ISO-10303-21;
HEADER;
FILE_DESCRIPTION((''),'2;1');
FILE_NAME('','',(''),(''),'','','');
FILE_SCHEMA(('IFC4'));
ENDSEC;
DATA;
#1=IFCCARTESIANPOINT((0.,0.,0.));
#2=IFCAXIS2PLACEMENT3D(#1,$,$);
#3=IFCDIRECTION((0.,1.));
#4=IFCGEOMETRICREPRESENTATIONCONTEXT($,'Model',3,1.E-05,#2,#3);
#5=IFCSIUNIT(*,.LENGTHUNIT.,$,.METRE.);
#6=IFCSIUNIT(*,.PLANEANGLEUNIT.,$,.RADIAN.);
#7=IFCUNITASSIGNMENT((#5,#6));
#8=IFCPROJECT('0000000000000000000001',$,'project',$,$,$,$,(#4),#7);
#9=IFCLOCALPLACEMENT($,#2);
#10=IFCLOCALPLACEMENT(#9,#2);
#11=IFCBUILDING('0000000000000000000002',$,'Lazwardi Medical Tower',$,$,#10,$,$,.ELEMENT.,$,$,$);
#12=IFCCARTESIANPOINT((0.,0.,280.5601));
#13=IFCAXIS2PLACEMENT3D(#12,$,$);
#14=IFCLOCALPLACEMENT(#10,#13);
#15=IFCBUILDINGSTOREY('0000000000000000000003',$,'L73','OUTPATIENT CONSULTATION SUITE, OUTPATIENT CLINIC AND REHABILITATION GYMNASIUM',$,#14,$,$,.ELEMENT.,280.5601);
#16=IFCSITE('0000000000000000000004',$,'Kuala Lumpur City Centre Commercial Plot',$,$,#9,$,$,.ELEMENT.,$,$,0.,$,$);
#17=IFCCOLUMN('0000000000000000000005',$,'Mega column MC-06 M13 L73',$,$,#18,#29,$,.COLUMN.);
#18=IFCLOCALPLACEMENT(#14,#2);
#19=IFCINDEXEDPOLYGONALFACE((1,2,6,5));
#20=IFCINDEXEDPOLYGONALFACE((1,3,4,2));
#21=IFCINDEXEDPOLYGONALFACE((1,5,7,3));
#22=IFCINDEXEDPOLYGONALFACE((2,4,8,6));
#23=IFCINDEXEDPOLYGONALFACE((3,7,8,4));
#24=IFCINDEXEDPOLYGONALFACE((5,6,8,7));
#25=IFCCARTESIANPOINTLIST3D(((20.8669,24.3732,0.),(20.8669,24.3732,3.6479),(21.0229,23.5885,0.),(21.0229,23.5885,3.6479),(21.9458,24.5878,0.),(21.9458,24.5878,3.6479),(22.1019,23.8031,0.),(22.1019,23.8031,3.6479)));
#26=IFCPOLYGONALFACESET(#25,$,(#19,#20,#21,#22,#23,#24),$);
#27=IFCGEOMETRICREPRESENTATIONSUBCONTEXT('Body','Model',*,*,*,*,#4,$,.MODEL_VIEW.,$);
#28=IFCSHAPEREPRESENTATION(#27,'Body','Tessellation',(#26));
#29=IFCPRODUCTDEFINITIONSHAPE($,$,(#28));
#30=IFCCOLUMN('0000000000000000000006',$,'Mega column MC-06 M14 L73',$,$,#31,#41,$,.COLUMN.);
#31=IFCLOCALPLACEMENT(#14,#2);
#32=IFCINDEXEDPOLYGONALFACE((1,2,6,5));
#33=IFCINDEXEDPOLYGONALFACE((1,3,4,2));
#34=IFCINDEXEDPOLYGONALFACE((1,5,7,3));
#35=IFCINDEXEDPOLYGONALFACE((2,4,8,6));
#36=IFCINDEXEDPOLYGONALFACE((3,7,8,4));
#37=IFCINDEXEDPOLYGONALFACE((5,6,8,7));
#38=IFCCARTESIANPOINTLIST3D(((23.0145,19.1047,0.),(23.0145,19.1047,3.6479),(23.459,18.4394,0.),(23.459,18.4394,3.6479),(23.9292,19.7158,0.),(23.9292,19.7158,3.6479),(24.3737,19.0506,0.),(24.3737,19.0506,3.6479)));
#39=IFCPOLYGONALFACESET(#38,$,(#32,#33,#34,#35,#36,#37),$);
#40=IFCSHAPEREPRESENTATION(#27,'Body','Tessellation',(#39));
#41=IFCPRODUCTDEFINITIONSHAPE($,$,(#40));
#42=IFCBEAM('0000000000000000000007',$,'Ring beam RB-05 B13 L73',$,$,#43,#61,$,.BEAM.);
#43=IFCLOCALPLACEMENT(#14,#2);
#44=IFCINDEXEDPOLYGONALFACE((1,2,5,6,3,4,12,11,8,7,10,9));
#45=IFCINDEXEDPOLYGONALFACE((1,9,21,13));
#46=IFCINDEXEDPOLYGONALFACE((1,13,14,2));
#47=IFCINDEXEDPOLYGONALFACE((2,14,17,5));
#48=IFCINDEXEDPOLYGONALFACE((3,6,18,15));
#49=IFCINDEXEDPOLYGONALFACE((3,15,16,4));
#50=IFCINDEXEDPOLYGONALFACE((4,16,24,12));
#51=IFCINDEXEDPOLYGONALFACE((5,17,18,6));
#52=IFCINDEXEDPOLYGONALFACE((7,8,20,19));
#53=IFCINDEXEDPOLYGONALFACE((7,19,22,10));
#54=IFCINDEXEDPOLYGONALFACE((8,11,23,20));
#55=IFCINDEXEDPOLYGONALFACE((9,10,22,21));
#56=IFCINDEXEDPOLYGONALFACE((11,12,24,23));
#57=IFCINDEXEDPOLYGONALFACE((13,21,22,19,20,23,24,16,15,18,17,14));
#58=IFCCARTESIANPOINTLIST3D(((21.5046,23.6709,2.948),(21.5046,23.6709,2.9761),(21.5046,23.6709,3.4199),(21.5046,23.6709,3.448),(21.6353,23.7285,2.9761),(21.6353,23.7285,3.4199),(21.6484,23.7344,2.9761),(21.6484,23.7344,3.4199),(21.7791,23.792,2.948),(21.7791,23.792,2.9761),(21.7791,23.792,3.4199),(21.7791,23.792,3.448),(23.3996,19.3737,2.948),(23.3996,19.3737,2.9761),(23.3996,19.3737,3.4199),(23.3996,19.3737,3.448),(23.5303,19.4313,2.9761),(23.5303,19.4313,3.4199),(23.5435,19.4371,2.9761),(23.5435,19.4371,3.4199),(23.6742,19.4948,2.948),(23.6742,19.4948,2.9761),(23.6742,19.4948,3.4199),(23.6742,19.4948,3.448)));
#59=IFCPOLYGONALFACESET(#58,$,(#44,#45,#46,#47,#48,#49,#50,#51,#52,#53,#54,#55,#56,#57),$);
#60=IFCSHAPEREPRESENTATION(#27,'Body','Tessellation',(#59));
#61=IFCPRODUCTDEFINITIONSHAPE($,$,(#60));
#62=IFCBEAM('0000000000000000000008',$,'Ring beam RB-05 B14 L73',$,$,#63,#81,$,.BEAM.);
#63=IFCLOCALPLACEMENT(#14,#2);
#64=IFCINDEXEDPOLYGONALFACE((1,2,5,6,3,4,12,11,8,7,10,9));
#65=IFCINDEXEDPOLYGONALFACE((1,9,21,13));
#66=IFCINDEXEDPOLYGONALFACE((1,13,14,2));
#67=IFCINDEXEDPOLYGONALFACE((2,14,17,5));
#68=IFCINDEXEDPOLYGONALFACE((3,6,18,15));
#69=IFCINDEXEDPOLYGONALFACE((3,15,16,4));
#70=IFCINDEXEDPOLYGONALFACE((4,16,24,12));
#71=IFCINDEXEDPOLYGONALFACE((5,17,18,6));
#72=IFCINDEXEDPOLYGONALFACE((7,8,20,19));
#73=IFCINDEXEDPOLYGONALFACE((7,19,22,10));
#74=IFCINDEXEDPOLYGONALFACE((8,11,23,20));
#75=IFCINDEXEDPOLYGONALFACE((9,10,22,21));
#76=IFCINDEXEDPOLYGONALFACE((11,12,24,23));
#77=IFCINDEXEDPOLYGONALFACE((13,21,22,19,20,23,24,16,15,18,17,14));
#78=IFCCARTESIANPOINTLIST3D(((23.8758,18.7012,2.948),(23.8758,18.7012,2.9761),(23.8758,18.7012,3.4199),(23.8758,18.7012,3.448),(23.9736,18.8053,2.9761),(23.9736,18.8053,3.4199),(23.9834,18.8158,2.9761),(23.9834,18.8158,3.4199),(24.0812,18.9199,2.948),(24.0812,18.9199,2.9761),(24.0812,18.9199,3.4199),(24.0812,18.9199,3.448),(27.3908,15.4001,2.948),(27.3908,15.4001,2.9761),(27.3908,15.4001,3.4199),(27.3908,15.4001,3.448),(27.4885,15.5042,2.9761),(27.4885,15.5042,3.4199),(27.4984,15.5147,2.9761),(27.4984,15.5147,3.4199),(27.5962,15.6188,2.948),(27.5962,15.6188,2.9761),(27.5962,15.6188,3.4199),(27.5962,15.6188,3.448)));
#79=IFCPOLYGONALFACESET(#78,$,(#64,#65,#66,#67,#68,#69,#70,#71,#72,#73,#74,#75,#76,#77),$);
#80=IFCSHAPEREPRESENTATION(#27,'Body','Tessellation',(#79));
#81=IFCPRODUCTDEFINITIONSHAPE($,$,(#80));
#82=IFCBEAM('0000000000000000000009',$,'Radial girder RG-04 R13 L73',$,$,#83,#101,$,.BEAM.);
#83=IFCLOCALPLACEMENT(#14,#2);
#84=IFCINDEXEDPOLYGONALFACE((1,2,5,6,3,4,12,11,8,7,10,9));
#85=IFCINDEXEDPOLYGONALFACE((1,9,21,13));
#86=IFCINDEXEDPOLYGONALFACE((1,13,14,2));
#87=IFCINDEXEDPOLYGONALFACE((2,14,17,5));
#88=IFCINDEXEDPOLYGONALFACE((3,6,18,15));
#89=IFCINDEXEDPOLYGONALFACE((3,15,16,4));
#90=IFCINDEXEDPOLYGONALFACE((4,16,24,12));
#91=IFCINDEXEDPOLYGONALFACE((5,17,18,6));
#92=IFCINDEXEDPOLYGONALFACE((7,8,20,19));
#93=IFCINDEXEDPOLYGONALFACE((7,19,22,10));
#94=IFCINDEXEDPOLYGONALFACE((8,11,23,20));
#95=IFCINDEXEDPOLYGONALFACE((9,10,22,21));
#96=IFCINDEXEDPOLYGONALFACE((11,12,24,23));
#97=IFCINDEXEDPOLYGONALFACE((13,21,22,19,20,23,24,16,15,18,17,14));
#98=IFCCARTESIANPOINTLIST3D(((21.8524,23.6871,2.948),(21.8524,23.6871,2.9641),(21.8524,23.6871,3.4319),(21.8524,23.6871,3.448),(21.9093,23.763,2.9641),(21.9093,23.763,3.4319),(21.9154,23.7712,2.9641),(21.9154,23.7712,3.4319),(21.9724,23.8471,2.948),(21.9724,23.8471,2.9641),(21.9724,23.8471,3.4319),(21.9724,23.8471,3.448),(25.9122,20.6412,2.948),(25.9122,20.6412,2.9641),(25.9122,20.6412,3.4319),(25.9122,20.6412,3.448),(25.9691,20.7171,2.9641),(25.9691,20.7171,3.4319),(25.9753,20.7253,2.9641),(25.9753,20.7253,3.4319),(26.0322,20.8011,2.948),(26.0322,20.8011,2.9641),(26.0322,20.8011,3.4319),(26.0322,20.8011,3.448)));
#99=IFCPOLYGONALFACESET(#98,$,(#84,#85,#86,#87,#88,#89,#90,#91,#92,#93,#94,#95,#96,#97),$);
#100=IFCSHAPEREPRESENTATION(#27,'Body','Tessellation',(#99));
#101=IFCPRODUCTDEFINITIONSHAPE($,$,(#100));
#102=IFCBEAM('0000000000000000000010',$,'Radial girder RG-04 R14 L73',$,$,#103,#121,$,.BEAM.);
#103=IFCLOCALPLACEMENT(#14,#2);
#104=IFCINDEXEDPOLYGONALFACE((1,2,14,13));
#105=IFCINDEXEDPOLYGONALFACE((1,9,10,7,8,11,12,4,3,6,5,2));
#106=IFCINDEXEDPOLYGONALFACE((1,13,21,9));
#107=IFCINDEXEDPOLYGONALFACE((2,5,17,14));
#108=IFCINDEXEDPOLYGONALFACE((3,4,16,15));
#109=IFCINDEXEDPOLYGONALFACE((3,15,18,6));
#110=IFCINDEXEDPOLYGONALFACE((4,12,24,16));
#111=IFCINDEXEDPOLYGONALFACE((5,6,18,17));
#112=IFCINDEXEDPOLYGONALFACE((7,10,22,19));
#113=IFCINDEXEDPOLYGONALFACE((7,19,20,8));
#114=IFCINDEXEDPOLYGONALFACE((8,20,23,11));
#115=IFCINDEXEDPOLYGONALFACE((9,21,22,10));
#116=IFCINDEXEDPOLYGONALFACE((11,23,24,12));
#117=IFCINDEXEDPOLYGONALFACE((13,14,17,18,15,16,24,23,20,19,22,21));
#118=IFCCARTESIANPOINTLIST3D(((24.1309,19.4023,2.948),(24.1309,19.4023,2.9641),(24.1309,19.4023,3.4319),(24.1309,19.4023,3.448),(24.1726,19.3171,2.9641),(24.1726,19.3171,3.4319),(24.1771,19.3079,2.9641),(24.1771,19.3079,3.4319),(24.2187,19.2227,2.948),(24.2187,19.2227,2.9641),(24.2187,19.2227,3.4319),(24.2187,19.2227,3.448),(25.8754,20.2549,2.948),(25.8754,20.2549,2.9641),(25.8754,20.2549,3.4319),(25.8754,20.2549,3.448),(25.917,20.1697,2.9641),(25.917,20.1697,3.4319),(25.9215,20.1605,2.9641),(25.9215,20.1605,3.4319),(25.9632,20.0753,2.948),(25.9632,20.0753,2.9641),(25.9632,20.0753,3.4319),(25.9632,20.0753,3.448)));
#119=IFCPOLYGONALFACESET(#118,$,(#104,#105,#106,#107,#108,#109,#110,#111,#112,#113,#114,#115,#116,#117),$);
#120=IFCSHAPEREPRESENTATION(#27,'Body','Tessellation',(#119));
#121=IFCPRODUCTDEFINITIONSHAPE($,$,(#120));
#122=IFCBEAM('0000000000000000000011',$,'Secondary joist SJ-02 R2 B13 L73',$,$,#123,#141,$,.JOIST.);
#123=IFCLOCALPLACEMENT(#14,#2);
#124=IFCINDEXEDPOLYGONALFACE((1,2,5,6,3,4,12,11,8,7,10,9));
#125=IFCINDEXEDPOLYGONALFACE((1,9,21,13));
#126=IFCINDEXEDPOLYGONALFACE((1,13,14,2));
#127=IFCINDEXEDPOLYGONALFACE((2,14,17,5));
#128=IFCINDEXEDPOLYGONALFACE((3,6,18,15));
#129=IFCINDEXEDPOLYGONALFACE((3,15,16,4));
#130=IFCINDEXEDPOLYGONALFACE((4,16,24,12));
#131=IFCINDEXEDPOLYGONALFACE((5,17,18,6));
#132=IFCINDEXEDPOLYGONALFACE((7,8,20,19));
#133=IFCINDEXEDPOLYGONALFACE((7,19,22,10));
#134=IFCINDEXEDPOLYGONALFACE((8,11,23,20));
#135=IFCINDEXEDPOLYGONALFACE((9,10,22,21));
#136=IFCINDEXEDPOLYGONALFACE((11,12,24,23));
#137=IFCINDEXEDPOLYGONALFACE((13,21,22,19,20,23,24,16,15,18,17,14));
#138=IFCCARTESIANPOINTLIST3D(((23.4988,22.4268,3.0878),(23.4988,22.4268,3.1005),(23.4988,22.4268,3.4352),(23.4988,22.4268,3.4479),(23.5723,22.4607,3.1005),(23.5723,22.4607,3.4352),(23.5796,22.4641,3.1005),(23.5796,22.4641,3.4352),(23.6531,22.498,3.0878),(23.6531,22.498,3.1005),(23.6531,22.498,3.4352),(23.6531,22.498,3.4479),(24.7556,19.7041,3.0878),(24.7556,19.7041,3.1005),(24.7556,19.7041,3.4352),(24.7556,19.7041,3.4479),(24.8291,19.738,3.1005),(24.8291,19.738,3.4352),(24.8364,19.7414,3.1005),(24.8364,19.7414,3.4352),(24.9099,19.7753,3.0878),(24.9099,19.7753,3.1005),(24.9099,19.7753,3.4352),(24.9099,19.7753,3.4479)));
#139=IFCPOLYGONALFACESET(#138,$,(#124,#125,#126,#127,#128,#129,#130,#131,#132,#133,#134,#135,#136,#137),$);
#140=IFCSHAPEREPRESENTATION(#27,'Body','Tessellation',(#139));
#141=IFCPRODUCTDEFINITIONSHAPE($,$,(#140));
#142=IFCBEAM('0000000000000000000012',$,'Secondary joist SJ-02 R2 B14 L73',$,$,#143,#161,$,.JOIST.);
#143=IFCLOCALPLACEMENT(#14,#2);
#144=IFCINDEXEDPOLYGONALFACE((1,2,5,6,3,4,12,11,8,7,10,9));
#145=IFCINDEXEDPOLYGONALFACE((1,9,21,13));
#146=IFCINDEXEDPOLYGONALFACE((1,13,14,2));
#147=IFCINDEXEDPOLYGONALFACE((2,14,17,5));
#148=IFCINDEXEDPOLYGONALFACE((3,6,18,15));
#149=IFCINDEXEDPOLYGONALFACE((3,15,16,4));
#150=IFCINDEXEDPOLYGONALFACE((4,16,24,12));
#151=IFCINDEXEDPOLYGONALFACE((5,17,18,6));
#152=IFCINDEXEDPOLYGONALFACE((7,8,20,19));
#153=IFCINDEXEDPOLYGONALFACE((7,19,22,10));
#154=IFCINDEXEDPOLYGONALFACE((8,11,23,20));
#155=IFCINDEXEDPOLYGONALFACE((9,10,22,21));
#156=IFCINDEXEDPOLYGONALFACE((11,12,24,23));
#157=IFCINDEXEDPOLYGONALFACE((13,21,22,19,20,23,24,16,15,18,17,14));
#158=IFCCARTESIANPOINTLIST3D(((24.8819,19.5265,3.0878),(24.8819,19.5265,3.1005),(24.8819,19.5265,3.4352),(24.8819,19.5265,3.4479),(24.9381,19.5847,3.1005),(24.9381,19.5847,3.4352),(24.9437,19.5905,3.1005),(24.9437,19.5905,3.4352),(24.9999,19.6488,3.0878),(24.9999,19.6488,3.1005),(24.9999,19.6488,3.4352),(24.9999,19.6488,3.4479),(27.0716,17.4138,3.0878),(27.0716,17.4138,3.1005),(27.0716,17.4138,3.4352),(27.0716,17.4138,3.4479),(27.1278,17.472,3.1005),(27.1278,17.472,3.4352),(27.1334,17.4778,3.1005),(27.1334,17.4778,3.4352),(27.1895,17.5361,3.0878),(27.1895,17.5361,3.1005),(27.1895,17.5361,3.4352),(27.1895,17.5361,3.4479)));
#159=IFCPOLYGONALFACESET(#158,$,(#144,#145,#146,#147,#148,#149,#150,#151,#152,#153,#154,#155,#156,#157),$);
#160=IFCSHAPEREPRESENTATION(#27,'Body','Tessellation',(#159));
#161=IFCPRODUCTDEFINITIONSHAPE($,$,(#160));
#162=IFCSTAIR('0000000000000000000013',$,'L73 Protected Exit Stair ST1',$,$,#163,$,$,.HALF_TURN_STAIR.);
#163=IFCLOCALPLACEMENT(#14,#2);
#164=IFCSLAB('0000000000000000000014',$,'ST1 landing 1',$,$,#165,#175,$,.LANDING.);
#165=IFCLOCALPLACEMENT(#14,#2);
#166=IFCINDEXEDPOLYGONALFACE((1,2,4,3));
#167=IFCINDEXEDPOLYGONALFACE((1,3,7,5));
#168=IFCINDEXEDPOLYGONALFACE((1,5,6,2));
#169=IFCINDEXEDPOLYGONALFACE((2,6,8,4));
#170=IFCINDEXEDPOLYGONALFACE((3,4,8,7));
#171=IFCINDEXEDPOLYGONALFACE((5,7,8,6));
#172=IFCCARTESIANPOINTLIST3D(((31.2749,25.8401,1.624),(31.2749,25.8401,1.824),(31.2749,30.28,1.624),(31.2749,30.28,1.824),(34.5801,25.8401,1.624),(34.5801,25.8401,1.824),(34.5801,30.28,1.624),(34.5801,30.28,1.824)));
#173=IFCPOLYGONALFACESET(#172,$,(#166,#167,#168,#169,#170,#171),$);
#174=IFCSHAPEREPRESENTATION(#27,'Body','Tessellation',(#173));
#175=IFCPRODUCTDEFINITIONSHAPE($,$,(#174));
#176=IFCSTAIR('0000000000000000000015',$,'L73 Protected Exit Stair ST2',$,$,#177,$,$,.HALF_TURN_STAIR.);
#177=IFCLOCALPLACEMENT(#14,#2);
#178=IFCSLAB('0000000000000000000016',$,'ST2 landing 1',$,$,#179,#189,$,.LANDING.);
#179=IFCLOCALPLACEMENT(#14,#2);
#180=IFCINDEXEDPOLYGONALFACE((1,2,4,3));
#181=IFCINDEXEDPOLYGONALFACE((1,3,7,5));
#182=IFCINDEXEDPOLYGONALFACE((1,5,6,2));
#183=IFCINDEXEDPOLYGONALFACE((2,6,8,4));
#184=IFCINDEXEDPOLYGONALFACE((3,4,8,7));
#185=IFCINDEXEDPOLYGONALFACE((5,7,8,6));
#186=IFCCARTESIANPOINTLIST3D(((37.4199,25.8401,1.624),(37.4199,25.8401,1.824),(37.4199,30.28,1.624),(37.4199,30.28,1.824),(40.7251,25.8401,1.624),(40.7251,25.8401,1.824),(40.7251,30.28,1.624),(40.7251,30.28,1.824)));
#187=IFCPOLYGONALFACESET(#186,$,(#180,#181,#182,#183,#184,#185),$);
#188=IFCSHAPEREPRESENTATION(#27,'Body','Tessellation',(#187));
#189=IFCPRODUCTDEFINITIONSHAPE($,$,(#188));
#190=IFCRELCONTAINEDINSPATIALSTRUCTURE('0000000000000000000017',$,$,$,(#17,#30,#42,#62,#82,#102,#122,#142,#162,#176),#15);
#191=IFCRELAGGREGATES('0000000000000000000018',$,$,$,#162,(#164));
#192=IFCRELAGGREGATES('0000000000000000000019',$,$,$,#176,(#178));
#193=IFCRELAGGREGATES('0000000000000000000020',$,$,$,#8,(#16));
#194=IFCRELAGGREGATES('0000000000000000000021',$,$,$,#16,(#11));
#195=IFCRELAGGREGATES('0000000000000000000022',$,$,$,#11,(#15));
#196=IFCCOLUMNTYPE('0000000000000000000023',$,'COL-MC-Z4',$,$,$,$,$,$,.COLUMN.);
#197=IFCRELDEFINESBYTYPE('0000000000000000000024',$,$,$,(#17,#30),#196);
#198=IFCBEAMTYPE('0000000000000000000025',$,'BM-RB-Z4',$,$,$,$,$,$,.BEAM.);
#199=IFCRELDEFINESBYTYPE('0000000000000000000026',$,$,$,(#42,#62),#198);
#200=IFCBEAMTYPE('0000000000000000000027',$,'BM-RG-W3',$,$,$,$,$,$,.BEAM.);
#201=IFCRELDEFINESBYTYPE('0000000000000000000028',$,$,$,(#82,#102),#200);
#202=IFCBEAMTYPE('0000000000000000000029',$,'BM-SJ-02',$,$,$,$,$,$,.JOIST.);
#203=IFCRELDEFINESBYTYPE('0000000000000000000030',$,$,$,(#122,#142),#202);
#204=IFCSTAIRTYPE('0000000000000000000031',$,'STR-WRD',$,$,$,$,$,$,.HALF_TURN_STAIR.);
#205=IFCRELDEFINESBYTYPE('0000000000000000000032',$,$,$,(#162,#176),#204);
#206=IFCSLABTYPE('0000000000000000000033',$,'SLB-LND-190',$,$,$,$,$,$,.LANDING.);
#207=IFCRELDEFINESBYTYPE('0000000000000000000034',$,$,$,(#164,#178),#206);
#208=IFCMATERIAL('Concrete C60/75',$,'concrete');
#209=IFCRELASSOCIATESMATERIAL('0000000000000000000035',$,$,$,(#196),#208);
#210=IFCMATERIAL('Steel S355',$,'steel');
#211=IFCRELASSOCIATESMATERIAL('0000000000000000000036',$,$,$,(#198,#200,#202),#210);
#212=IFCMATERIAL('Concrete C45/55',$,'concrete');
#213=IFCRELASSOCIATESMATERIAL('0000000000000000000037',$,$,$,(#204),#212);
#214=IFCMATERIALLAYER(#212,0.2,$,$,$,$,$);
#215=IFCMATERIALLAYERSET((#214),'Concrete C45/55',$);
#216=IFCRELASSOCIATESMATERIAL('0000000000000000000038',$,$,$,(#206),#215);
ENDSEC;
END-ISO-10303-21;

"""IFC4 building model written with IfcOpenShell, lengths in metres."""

from ifc_helpers import new_model, si_unit, direction, frame, origin, origin_2d, place, context, subcontext, project, spatial, polyline, rectangle, i_section, outline, extrude, material, layer, layer_set, material_profile, profile_set, type_object, element, aggregate, save


model = new_model("IFC4")

# Units and contexts
model_context = context("Model", 3, precision=1e-05, world=origin(), true_north=direction((0.0, 1.0)))
body_context = subcontext(model_context, "Body", "Model", "MODEL_VIEW")
ifc_project = project(units=[si_unit("LENGTHUNIT", "METRE"), si_unit("PLANEANGLEUNIT", "RADIAN")], contexts=[model_context])

# Site, building, storey
site_placement = place(None, origin())
site = spatial("IfcSite", under=ifc_project, at=site_placement, Name="Kuala Lumpur City Centre Commercial Plot", CompositionType="ELEMENT", RefElevation=0.0)
building_placement = place(site_placement, origin())
building = spatial("IfcBuilding", under=site, at=building_placement, Name="Lazwardi Medical Tower", CompositionType="ELEMENT")
storey_placement = place(building_placement, frame((0.0, 0.0, 280.5601)))
storey = spatial("IfcBuildingStorey", under=building, at=storey_placement, Name="L73", Description="OUTPATIENT CONSULTATION SUITE, OUTPATIENT CLINIC AND REHABILITATION GYMNASIUM", CompositionType="ELEMENT", Elevation=280.5601)

# Columns
ifc_material_1 = material(Name="Concrete C60/75", Category="concrete")
ifc_material_profile_1 = material_profile(ifc_material_1, rectangle(XDim=1.1001, YDim=0.8, at=origin_2d()), Name="CFT-RECT 1100x800")
ifc_profile_set_1 = profile_set([ifc_material_profile_1], Name="Concrete C60/75")
column_type = type_object("IfcColumnType", Name="COL-MC-Z4", PredefinedType="COLUMN", material=ifc_profile_set_1)
for number, where, z_axis, x_axis, name in (
    (1, (21.4844, 24.0881, 0.0), (0.0, 0.0, 1.0), (-0.980785, -0.19509, 0.0), "Mega column MC-06 M13 L73"),
    (2, (23.6941, 19.0776, 0.0), (0.0, 0.0, 1.0), (-0.83147, -0.55557, 0.0), "Mega column MC-06 M14 L73"),
):
    element("IfcColumn", number, at=place(storey_placement, frame(where, z_axis=z_axis, x_axis=x_axis)), inside=storey, type_object=column_type, Name=name, PredefinedType="COLUMN", context=body_context, shape_type="SweptSolid", body=[
        extrude(rectangle(XDim=1.1001, YDim=0.8, at=origin_2d()), origin(), (0.0, 0.0, 1.0), 3.6479),
    ])

# Beams
ifc_material_2 = material(Name="Steel S355", Category="steel")
ifc_material_profile_2 = material_profile(ifc_material_2, i_section(OverallWidth=0.3, OverallDepth=0.5, WebThickness=0.0144, FlangeThickness=0.0281, at=origin_2d()), Name="HEB 500")
ifc_profile_set_2 = profile_set([ifc_material_profile_2], Name="Steel S355")
beam_type_1 = type_object("IfcBeamType", Name="BM-RB-Z4", PredefinedType="BEAM", material=ifc_profile_set_2)
beam_1_placement = place(storey_placement, frame((21.6418, 23.7314, 3.198), z_axis=(0.403503, -0.914978, 0.0), x_axis=(0.914978, 0.403503, 0.0)))
element("IfcBeam", 3, at=beam_1_placement, inside=storey, type_object=beam_type_1, Name="Ring beam RB-05 B13 L73", PredefinedType="BEAM", context=body_context, shape_type="SweptSolid", body=[
    extrude(i_section(OverallWidth=0.3, OverallDepth=0.5, WebThickness=0.0144, FlangeThickness=0.0281, at=origin_2d()), origin(), (0.0, 0.0, 1.0), 4.6965),
])
beam_2_placement = place(storey_placement, frame((23.9785, 18.8105, 3.198), z_axis=(0.728935, -0.684583, 0.0), x_axis=(0.684583, 0.728935, 0.0)))
element("IfcBeam", 4, at=beam_2_placement, inside=storey, type_object=beam_type_1, Name="Ring beam RB-05 B14 L73", PredefinedType="BEAM", context=body_context, shape_type="SweptSolid", body=[
    extrude(i_section(OverallWidth=0.3, OverallDepth=0.5, WebThickness=0.0144, FlangeThickness=0.0281, at=origin_2d()), origin(), (0.0, 0.0, 1.0), 4.822),
])
ifc_material_profile_3 = material_profile(ifc_material_2, i_section(OverallWidth=0.2, OverallDepth=0.5, WebThickness=0.0103, FlangeThickness=0.0161, at=origin_2d()), Name="IPE 500")
ifc_profile_set_3 = profile_set([ifc_material_profile_3], Name="Steel S355")
beam_type_2 = type_object("IfcBeamType", Name="BM-RG-W3", PredefinedType="BEAM", material=ifc_profile_set_3)
beam_3_placement = place(storey_placement, frame((21.9124, 23.7671, 3.198), z_axis=(0.799902, -0.600131, 0.0), x_axis=(0.600131, 0.799902, 0.0)))
element("IfcBeam", 5, at=beam_3_placement, inside=storey, type_object=beam_type_2, Name="Radial girder RG-04 R13 L73", PredefinedType="BEAM", context=body_context, shape_type="SweptSolid", body=[
    extrude(i_section(OverallWidth=0.2, OverallDepth=0.5, WebThickness=0.0103, FlangeThickness=0.0161, at=origin_2d()), origin(), (0.0, 0.0, 1.0), 5.0754),
])
beam_4_placement = place(storey_placement, frame((24.1748, 19.3125, 3.198), z_axis=(0.898439, 0.439097, 0.0), x_axis=(-0.439097, 0.898439, 0.0)))
element("IfcBeam", 6, at=beam_4_placement, inside=storey, type_object=beam_type_2, Name="Radial girder RG-04 R14 L73", PredefinedType="BEAM", context=body_context, shape_type="SweptSolid", body=[
    extrude(i_section(OverallWidth=0.2, OverallDepth=0.5, WebThickness=0.0103, FlangeThickness=0.0161, at=origin_2d()), origin(), (0.0, 0.0, 1.0), 1.9417),
])
ifc_material_profile_4 = material_profile(ifc_material_2, i_section(OverallWidth=0.1699, OverallDepth=0.3601, WebThickness=0.0081, FlangeThickness=0.0127, at=origin_2d()), Name="IPE 360")
ifc_profile_set_4 = profile_set([ifc_material_profile_4], Name="Steel S355")
beam_type_3 = type_object("IfcBeamType", Name="BM-SJ-02", PredefinedType="JOIST", material=ifc_profile_set_4)
beam_5_placement = place(storey_placement, frame((23.5759, 22.4624, 3.2678), z_axis=(0.41912, -0.907931, 0.0), x_axis=(0.907931, 0.41912, 0.0)))
element("IfcBeam", 7, at=beam_5_placement, inside=storey, type_object=beam_type_3, Name="Secondary joist SJ-02 R2 B13 L73", PredefinedType="JOIST", context=body_context, shape_type="SweptSolid", body=[
    extrude(i_section(OverallWidth=0.1699, OverallDepth=0.3601, WebThickness=0.0081, FlangeThickness=0.0127, at=origin_2d()), origin(), (0.0, 0.0, 1.0), 2.9988),
])
beam_6_placement = place(storey_placement, frame((24.9409, 19.5876, 3.2678), z_axis=(0.719631, -0.694357, 0.0), x_axis=(0.694357, 0.719631, 0.0)))
element("IfcBeam", 8, at=beam_6_placement, inside=storey, type_object=beam_type_3, Name="Secondary joist SJ-02 R2 B14 L73", PredefinedType="JOIST", context=body_context, shape_type="SweptSolid", body=[
    extrude(i_section(OverallWidth=0.1699, OverallDepth=0.3601, WebThickness=0.0081, FlangeThickness=0.0127, at=origin_2d()), origin(), (0.0, 0.0, 1.0), 3.0427),
])

# Stairs, slabs
ifc_material_3 = material(Name="Concrete C45/55", Category="concrete")
stair_type = type_object("IfcStairType", Name="STR-WRD", PredefinedType="HALF_TURN_STAIR", material=ifc_material_3)
stair_1_placement = place(storey_placement, origin())
stair_1 = element("IfcStair", 9, at=stair_1_placement, inside=storey, type_object=stair_type, Name="L73 Protected Exit Stair ST1", PredefinedType="HALF_TURN_STAIR")
ifc_layer_1 = layer(ifc_material_3, 0.2)
ifc_layer_set_1 = layer_set([ifc_layer_1], Name="Concrete C45/55")
slab_type = type_object("IfcSlabType", Name="SLB-LND-190", PredefinedType="LANDING", material=ifc_layer_set_1)
slab_1_placement = place(storey_placement, frame((0.0, 0.0, 1.624)))
slab_1 = element("IfcSlab", 10, at=slab_1_placement, type_object=slab_type, Name="ST1 landing 1", PredefinedType="LANDING", context=body_context, shape_type="SweptSolid", body=[
    extrude(outline(polyline([(31.2749, 25.8401), (34.5801, 25.8401), (34.5801, 30.28), (31.2749, 30.28), (31.2749, 25.8401)])), origin(), (0.0, 0.0, 1.0), 0.2),
])
aggregate(stair_1, [slab_1])
stair_2_placement = place(storey_placement, origin())
stair_2 = element("IfcStair", 11, at=stair_2_placement, inside=storey, type_object=stair_type, Name="L73 Protected Exit Stair ST2", PredefinedType="HALF_TURN_STAIR")
slab_2_placement = place(storey_placement, frame((0.0, 0.0, 1.624)))
slab_2 = element("IfcSlab", 12, at=slab_2_placement, type_object=slab_type, Name="ST2 landing 1", PredefinedType="LANDING", context=body_context, shape_type="SweptSolid", body=[
    extrude(outline(polyline([(40.7251, 30.28), (37.4199, 30.28), (37.4199, 25.8401), (40.7251, 25.8401), (40.7251, 30.28)])), origin(), (0.0, 0.0, 1.0), 0.2),
])
aggregate(stair_2, [slab_2])

save(model, "model.ifc")
